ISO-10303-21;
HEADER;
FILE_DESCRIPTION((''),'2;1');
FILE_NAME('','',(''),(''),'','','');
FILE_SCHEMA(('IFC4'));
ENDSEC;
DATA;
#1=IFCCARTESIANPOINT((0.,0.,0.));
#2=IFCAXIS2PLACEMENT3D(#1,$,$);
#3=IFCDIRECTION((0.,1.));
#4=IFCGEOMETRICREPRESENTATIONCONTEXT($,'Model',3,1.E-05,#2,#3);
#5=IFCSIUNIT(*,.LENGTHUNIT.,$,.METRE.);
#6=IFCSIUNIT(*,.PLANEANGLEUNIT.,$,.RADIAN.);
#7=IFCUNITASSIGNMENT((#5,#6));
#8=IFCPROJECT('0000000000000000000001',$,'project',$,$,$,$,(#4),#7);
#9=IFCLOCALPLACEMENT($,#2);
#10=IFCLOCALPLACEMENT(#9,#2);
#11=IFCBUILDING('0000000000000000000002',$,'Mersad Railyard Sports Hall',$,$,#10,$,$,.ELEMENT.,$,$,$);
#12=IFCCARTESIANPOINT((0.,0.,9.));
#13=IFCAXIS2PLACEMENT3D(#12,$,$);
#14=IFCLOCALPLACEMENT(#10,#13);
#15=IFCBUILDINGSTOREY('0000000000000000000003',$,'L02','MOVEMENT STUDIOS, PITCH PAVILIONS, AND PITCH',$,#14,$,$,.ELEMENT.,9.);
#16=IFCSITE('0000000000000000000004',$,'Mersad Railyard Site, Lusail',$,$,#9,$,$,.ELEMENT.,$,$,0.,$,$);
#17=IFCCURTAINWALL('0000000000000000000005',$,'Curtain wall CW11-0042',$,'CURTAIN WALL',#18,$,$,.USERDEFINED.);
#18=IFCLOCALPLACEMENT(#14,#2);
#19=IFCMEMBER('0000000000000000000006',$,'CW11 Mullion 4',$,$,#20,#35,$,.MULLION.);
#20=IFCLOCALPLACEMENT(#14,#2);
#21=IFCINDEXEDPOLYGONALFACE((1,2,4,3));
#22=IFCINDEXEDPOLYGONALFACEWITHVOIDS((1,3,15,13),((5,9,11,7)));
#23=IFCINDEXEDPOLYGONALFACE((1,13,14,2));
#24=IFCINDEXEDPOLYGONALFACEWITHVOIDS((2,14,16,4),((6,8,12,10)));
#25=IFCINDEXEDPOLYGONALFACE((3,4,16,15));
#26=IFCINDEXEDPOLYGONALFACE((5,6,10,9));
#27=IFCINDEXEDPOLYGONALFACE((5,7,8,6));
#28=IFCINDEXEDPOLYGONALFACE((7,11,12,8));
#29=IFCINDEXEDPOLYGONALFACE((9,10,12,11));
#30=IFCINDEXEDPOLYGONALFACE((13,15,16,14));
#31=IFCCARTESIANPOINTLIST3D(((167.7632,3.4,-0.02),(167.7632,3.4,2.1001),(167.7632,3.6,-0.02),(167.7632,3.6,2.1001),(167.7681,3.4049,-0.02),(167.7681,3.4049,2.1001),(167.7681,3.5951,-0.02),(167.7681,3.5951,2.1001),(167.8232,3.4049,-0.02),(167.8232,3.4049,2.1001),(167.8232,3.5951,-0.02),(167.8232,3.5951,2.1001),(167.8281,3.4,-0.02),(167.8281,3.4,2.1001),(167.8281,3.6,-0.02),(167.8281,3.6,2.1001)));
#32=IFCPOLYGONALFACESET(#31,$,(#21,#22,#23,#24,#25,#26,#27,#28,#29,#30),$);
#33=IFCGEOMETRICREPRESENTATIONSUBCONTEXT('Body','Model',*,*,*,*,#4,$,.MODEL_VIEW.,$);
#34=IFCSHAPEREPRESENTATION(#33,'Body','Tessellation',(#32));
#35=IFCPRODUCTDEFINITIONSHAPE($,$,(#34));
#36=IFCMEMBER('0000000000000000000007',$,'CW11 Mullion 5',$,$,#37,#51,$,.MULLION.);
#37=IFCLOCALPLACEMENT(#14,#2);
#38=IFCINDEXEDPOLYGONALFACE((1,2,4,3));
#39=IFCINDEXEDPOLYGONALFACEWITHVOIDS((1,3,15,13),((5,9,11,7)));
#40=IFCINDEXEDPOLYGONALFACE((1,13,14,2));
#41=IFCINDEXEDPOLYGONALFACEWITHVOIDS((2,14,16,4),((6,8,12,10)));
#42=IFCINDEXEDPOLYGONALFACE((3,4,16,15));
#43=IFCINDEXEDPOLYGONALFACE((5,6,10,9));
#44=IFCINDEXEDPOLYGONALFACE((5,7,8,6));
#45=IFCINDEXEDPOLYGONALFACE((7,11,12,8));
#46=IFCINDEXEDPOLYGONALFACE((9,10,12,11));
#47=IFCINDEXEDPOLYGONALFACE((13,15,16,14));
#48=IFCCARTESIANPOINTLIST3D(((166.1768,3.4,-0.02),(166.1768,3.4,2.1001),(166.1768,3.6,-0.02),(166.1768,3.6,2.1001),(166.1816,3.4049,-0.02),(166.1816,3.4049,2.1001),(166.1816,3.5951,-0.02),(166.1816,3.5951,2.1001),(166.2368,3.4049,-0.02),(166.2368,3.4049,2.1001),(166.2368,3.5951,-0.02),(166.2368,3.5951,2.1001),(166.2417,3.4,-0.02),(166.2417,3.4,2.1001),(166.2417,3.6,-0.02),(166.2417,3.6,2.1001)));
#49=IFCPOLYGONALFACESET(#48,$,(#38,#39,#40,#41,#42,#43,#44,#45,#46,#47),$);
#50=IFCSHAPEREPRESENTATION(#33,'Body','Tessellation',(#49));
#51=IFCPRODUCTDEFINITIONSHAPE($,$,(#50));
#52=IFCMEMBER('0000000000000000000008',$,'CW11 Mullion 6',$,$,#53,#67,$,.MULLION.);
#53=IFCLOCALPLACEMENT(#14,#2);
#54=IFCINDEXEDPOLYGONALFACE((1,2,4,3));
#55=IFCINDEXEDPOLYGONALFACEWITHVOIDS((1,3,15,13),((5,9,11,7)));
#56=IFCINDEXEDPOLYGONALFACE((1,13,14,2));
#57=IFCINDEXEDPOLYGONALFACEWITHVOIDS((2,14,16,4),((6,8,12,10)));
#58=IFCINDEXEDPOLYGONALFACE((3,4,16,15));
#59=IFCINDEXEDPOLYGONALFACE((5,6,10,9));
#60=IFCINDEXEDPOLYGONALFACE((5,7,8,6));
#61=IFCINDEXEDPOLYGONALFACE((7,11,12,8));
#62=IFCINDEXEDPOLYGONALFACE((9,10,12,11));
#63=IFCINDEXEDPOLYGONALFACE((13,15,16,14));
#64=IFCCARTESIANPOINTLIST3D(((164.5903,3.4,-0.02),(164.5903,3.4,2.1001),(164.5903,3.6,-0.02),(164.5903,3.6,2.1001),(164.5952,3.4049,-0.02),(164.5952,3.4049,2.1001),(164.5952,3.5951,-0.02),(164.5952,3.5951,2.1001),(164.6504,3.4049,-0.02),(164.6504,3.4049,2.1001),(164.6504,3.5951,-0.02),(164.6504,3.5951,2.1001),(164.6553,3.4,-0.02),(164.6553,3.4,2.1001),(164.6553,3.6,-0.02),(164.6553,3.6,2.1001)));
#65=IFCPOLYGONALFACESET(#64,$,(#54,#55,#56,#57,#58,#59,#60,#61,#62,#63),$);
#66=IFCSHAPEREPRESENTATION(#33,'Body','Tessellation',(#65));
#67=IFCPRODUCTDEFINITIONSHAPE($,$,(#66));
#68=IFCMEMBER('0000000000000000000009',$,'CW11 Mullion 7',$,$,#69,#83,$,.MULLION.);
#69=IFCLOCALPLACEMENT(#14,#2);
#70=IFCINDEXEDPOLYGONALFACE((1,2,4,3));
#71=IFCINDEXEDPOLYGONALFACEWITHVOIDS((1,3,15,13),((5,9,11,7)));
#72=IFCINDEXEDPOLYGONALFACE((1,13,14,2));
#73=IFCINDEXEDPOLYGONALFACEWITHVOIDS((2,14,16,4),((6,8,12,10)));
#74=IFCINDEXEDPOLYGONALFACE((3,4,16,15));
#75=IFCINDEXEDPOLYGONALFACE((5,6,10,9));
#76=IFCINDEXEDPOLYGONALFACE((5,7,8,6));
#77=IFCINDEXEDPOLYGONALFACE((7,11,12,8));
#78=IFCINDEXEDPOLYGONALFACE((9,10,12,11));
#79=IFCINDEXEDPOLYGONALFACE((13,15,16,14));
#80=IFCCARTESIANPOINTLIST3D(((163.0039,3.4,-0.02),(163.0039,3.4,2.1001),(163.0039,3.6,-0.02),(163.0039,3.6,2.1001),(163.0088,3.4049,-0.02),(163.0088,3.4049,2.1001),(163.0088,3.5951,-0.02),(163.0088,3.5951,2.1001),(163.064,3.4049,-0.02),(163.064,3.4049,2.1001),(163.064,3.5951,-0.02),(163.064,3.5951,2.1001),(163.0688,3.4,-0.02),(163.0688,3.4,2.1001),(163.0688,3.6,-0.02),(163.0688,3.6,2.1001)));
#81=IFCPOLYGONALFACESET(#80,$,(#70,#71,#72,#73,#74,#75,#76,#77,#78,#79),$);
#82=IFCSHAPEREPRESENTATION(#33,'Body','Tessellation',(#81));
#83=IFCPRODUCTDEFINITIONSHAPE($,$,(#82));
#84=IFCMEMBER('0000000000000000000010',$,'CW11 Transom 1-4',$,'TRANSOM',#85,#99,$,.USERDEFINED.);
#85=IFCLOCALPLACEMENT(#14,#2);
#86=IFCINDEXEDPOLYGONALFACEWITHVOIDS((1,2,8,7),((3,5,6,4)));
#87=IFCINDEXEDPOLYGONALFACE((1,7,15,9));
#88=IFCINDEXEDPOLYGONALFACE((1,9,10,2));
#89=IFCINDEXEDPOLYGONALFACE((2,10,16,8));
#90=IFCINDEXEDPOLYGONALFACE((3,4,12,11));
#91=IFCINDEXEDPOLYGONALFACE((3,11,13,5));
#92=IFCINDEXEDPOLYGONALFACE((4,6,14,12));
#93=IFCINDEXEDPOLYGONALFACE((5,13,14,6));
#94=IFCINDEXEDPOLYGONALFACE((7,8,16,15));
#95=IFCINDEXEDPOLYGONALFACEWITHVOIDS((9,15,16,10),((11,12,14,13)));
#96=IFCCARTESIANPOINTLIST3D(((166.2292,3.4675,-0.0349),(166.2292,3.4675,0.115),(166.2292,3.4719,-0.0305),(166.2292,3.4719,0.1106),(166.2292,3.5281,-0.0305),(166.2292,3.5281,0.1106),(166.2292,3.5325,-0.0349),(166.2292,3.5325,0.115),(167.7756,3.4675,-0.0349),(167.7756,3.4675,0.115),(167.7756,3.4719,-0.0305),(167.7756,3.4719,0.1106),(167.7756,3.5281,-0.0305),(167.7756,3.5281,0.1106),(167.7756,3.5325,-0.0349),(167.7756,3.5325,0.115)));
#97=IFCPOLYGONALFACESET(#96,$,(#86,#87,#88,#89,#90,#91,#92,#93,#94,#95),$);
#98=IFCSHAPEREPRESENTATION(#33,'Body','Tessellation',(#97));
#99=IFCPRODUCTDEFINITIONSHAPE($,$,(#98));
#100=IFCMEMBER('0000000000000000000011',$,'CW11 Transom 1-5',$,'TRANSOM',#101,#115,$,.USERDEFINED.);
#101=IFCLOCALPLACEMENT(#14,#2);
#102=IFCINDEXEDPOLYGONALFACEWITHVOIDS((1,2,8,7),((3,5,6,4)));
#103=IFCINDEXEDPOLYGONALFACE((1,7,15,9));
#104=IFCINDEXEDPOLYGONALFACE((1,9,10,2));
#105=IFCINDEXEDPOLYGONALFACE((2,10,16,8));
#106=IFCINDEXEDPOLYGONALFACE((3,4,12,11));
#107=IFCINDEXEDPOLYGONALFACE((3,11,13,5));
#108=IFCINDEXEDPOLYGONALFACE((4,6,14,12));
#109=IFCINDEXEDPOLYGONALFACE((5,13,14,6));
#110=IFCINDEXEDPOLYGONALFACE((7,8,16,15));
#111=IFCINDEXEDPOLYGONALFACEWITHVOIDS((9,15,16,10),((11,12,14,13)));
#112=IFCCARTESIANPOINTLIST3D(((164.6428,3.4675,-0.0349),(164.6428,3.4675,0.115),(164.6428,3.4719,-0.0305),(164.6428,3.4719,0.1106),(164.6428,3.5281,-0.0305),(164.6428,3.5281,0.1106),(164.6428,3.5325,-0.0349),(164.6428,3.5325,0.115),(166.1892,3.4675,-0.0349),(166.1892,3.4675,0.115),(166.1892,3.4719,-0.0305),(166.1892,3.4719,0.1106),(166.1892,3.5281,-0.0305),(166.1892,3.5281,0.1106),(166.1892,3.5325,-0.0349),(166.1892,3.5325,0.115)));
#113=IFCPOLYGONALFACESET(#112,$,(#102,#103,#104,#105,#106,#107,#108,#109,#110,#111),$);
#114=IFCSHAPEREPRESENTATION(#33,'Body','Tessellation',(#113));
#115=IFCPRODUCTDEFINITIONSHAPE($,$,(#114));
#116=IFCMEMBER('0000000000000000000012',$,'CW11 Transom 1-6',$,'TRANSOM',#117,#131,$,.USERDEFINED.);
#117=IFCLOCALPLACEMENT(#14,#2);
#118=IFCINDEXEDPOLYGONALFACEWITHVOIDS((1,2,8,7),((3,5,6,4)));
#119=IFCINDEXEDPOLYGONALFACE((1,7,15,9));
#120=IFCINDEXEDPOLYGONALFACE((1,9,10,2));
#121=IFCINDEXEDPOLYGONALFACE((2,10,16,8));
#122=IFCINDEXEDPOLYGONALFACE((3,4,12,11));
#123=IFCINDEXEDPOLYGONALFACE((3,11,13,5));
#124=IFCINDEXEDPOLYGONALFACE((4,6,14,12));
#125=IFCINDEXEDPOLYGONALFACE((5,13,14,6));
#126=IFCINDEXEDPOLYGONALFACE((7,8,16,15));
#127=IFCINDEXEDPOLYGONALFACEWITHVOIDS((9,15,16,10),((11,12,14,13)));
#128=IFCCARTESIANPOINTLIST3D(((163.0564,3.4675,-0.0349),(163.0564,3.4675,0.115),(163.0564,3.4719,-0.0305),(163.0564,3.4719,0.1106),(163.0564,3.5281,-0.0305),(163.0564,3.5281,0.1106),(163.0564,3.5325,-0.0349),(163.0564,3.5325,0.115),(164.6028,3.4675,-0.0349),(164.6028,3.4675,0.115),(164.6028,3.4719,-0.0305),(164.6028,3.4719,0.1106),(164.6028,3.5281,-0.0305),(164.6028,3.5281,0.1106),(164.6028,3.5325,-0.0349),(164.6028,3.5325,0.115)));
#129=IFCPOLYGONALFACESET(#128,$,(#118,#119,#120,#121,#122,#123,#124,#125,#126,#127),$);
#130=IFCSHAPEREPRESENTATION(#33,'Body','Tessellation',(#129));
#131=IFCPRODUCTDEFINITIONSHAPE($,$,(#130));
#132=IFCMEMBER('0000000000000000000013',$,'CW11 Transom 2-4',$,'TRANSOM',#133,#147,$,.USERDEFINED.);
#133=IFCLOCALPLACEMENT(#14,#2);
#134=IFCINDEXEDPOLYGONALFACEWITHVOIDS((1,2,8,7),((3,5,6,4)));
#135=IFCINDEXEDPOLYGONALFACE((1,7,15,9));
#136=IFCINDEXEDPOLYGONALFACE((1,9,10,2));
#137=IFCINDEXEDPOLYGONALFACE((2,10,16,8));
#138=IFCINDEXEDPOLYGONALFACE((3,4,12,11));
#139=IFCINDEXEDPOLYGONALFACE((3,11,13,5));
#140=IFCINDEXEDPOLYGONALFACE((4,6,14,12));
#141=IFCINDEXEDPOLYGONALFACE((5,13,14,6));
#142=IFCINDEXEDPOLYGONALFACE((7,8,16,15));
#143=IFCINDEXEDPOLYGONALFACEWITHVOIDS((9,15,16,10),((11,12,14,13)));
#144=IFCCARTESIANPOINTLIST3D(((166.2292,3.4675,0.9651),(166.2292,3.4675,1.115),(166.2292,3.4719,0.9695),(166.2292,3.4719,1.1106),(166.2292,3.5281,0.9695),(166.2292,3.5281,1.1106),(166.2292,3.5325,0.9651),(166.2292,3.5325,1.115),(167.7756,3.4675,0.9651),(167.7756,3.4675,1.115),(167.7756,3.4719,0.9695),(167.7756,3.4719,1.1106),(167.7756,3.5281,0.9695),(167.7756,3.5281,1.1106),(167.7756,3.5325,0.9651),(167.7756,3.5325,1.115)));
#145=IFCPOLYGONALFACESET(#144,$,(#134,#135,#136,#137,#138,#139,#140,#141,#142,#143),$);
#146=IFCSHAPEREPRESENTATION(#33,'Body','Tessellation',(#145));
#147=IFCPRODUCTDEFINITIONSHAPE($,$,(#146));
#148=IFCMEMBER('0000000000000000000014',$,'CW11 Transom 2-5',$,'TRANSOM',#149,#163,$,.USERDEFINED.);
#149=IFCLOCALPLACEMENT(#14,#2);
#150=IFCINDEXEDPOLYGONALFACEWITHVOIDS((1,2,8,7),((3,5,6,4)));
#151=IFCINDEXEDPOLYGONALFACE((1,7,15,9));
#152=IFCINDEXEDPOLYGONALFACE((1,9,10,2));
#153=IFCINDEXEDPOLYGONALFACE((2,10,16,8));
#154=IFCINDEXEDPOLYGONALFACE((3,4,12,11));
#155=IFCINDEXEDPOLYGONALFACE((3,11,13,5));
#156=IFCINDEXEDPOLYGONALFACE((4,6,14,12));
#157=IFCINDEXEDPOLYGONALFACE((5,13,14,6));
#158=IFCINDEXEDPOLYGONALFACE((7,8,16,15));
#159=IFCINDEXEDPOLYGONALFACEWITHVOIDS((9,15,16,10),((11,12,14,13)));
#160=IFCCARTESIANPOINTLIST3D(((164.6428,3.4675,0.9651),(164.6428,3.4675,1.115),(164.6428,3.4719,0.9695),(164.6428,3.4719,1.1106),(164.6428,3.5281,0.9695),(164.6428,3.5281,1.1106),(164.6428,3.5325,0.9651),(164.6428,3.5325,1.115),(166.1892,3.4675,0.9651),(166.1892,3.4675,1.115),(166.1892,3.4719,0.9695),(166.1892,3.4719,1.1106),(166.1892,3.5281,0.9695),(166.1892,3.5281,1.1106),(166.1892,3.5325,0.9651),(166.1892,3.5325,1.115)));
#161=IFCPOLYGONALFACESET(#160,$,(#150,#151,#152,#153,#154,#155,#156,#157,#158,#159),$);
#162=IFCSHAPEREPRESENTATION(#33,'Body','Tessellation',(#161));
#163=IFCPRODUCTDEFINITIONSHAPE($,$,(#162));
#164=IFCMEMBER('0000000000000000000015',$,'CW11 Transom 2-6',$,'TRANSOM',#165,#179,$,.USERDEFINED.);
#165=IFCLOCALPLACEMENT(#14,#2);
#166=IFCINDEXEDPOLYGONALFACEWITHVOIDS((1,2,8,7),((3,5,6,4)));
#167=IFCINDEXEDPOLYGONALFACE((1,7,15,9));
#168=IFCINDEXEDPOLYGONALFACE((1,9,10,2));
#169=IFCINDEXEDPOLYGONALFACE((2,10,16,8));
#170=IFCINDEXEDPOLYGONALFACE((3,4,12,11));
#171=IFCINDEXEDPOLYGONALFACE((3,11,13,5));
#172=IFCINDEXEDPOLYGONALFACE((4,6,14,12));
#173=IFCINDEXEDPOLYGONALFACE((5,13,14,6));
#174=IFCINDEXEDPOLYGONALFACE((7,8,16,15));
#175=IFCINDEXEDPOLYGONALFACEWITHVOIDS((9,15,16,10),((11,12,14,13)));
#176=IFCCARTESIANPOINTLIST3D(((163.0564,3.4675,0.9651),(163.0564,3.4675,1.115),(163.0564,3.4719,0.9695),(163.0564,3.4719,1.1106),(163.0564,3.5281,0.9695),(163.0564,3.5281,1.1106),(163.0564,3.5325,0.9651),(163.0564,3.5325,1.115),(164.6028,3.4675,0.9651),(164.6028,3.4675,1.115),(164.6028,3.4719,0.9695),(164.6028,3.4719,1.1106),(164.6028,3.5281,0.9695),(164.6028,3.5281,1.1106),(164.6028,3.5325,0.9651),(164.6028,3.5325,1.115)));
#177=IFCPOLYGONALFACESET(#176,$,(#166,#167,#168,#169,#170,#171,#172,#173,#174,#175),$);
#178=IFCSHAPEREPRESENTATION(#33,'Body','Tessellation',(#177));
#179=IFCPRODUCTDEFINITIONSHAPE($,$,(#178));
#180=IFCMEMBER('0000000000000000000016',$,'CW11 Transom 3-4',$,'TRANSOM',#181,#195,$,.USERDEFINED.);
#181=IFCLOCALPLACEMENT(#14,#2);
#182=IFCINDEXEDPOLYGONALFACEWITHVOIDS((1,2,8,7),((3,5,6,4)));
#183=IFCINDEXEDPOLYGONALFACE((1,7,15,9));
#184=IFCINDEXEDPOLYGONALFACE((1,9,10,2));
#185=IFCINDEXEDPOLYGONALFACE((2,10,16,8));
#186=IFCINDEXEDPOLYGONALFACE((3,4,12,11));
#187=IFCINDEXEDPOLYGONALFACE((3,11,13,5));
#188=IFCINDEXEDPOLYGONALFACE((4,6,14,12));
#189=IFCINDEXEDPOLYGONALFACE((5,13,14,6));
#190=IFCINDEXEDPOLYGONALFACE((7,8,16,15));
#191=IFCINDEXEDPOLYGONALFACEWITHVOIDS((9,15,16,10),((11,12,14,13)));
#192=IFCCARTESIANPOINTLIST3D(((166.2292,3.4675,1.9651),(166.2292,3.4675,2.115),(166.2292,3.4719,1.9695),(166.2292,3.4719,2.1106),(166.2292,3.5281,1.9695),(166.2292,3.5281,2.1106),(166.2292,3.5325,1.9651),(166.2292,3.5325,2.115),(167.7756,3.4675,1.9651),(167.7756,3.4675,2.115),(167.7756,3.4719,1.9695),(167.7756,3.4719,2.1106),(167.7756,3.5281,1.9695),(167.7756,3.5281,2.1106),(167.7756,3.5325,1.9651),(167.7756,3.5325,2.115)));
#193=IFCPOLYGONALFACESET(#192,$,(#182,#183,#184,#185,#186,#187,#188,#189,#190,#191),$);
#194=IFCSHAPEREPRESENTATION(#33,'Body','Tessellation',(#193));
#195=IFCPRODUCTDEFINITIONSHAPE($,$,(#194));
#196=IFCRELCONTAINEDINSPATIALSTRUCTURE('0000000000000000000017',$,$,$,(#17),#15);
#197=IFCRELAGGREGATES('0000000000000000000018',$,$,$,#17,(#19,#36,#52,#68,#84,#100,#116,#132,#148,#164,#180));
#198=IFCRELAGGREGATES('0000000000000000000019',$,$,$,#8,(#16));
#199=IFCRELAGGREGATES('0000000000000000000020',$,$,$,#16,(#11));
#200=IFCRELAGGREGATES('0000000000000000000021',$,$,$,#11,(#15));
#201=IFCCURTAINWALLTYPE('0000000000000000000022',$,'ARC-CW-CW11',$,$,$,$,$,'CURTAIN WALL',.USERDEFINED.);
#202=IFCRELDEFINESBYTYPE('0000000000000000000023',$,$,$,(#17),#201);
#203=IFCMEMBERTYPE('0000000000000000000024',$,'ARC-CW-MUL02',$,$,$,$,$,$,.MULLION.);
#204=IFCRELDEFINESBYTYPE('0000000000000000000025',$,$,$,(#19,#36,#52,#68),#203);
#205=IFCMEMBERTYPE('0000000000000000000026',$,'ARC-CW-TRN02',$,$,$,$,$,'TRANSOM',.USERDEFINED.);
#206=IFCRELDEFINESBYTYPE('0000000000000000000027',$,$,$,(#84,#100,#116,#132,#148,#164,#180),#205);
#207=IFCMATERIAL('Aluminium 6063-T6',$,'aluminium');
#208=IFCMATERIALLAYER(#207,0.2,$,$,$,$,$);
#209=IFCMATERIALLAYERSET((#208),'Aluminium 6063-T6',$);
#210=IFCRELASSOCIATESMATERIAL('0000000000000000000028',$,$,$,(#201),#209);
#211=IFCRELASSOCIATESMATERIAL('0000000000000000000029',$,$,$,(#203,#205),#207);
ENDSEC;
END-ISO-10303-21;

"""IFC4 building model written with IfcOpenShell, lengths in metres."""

from ifc_helpers import new_model, si_unit, direction, frame, origin, origin_2d, place, context, subcontext, project, spatial, hollow_rectangle, extrude, material, layer, layer_set, material_profile, profile_set, type_object, element, aggregate, save


model = new_model("IFC4")

# Units and contexts
model_context = context("Model", 3, precision=1e-05, world=origin(), true_north=direction((0.0, 1.0)))
body_context = subcontext(model_context, "Body", "Model", "MODEL_VIEW")
ifc_project = project(units=[si_unit("LENGTHUNIT", "METRE"), si_unit("PLANEANGLEUNIT", "RADIAN")], contexts=[model_context])

# Site, building, storey
site_placement = place(None, origin())
site = spatial("IfcSite", under=ifc_project, at=site_placement, Name="Mersad Railyard Site, Lusail", CompositionType="ELEMENT", RefElevation=0.0)
building_placement = place(site_placement, origin())
building = spatial("IfcBuilding", under=site, at=building_placement, Name="Mersad Railyard Sports Hall", CompositionType="ELEMENT")
storey_placement = place(building_placement, frame((0.0, 0.0, 9.0)))
storey = spatial("IfcBuildingStorey", under=building, at=storey_placement, Name="L02", Description="MOVEMENT STUDIOS, PITCH PAVILIONS, AND PITCH", CompositionType="ELEMENT", Elevation=9.0)

# Curtain wall, members
ifc_material_1 = material(Name="Aluminium 6063-T6", Category="aluminium")
ifc_layer_1 = layer(ifc_material_1, 0.2)
ifc_layer_set_1 = layer_set([ifc_layer_1], Name="Aluminium 6063-T6")
curtain_wall_type = type_object("IfcCurtainWallType", Name="ARC-CW-CW11", ElementType="CURTAIN WALL", PredefinedType="USERDEFINED", material=ifc_layer_set_1)
curtain_wall_placement = place(storey_placement, origin())
curtain_wall = element("IfcCurtainWall", 1, at=curtain_wall_placement, inside=storey, type_object=curtain_wall_type, Name="Curtain wall CW11-0042", ObjectType="CURTAIN WALL", PredefinedType="USERDEFINED")
ifc_material_profile_1 = material_profile(ifc_material_1, hollow_rectangle(XDim=0.0649, YDim=0.2, WallThickness=0.0049, at=origin_2d()), Name="AL MULLION 65x200x5")
ifc_profile_set_1 = profile_set([ifc_material_profile_1], Name="Aluminium 6063-T6")
member_type_1 = type_object("IfcMemberType", Name="ARC-CW-MUL02", PredefinedType="MULLION", material=ifc_profile_set_1)
member_1_placement = place(storey_placement, frame((167.7957, 3.5, -0.02), z_axis=(0.0, 0.0, 1.0), x_axis=(1.0, 0.0, 0.0)))
member_1 = element("IfcMember", 2, at=member_1_placement, type_object=member_type_1, Name="CW11 Mullion 4", PredefinedType="MULLION", context=body_context, shape_type="SweptSolid", body=[
    extrude(hollow_rectangle(XDim=0.0649, YDim=0.2, WallThickness=0.0049, at=origin_2d()), origin(), (0.0, 0.0, 1.0), 2.1201),
])
member_2_placement = place(storey_placement, frame((166.2092, 3.5, -0.02), z_axis=(0.0, 0.0, 1.0), x_axis=(1.0, 0.0, 0.0)))
member_2 = element("IfcMember", 3, at=member_2_placement, type_object=member_type_1, Name="CW11 Mullion 5", PredefinedType="MULLION", context=body_context, shape_type="SweptSolid", body=[
    extrude(hollow_rectangle(XDim=0.0649, YDim=0.2, WallThickness=0.0049, at=origin_2d()), origin(), (0.0, 0.0, 1.0), 2.1201),
])
member_3_placement = place(storey_placement, frame((164.6228, 3.5, -0.02), z_axis=(0.0, 0.0, 1.0), x_axis=(1.0, 0.0, 0.0)))
member_3 = element("IfcMember", 4, at=member_3_placement, type_object=member_type_1, Name="CW11 Mullion 6", PredefinedType="MULLION", context=body_context, shape_type="SweptSolid", body=[
    extrude(hollow_rectangle(XDim=0.0649, YDim=0.2, WallThickness=0.0049, at=origin_2d()), origin(), (0.0, 0.0, 1.0), 2.1201),
])
member_4_placement = place(storey_placement, frame((163.0364, 3.5, -0.02), z_axis=(0.0, 0.0, 1.0), x_axis=(1.0, 0.0, 0.0)))
member_4 = element("IfcMember", 5, at=member_4_placement, type_object=member_type_1, Name="CW11 Mullion 7", PredefinedType="MULLION", context=body_context, shape_type="SweptSolid", body=[
    extrude(hollow_rectangle(XDim=0.0649, YDim=0.2, WallThickness=0.0049, at=origin_2d()), origin(), (0.0, 0.0, 1.0), 2.1201),
])
ifc_material_profile_2 = material_profile(ifc_material_1, hollow_rectangle(XDim=0.0649, YDim=0.1499, WallThickness=0.0044, at=origin_2d()), Name="AL TRANSOM 65x150x4.5")
ifc_profile_set_2 = profile_set([ifc_material_profile_2], Name="Aluminium 6063-T6")
member_type_2 = type_object("IfcMemberType", Name="ARC-CW-TRN02", ElementType="TRANSOM", PredefinedType="USERDEFINED", material=ifc_profile_set_2)
member_5_placement = place(storey_placement, frame((167.7756, 3.5, 0.04), z_axis=(-1.0, 0.0, 0.0), x_axis=(0.0, -1.0, 0.0)))
member_5 = element("IfcMember", 6, at=member_5_placement, type_object=member_type_2, Name="CW11 Transom 1-4", ObjectType="TRANSOM", PredefinedType="USERDEFINED", context=body_context, shape_type="SweptSolid", body=[
    extrude(hollow_rectangle(XDim=0.0649, YDim=0.1499, WallThickness=0.0044, at=origin_2d()), origin(), (0.0, 0.0, 1.0), 1.5464),
])
member_6_placement = place(storey_placement, frame((166.1892, 3.5, 0.04), z_axis=(-1.0, 0.0, 0.0), x_axis=(0.0, -1.0, 0.0)))
member_6 = element("IfcMember", 7, at=member_6_placement, type_object=member_type_2, Name="CW11 Transom 1-5", ObjectType="TRANSOM", PredefinedType="USERDEFINED", context=body_context, shape_type="SweptSolid", body=[
    extrude(hollow_rectangle(XDim=0.0649, YDim=0.1499, WallThickness=0.0044, at=origin_2d()), origin(), (0.0, 0.0, 1.0), 1.5464),
])
member_7_placement = place(storey_placement, frame((164.6028, 3.5, 0.04), z_axis=(-1.0, 0.0, 0.0), x_axis=(0.0, -1.0, 0.0)))
member_7 = element("IfcMember", 8, at=member_7_placement, type_object=member_type_2, Name="CW11 Transom 1-6", ObjectType="TRANSOM", PredefinedType="USERDEFINED", context=body_context, shape_type="SweptSolid", body=[
    extrude(hollow_rectangle(XDim=0.0649, YDim=0.1499, WallThickness=0.0044, at=origin_2d()), origin(), (0.0, 0.0, 1.0), 1.5464),
])
member_8_placement = place(storey_placement, frame((167.7756, 3.5, 1.04), z_axis=(-1.0, 0.0, 0.0), x_axis=(0.0, -1.0, 0.0)))
member_8 = element("IfcMember", 9, at=member_8_placement, type_object=member_type_2, Name="CW11 Transom 2-4", ObjectType="TRANSOM", PredefinedType="USERDEFINED", context=body_context, shape_type="SweptSolid", body=[
    extrude(hollow_rectangle(XDim=0.0649, YDim=0.1499, WallThickness=0.0044, at=origin_2d()), origin(), (0.0, 0.0, 1.0), 1.5464),
])
member_9_placement = place(storey_placement, frame((166.1892, 3.5, 1.04), z_axis=(-1.0, 0.0, 0.0), x_axis=(0.0, -1.0, 0.0)))
member_9 = element("IfcMember", 10, at=member_9_placement, type_object=member_type_2, Name="CW11 Transom 2-5", ObjectType="TRANSOM", PredefinedType="USERDEFINED", context=body_context, shape_type="SweptSolid", body=[
    extrude(hollow_rectangle(XDim=0.0649, YDim=0.1499, WallThickness=0.0044, at=origin_2d()), origin(), (0.0, 0.0, 1.0), 1.5464),
])
member_10_placement = place(storey_placement, frame((164.6028, 3.5, 1.04), z_axis=(-1.0, 0.0, 0.0), x_axis=(0.0, -1.0, 0.0)))
member_10 = element("IfcMember", 11, at=member_10_placement, type_object=member_type_2, Name="CW11 Transom 2-6", ObjectType="TRANSOM", PredefinedType="USERDEFINED", context=body_context, shape_type="SweptSolid", body=[
    extrude(hollow_rectangle(XDim=0.0649, YDim=0.1499, WallThickness=0.0044, at=origin_2d()), origin(), (0.0, 0.0, 1.0), 1.5464),
])
member_11_placement = place(storey_placement, frame((167.7756, 3.5, 2.04), z_axis=(-1.0, 0.0, 0.0), x_axis=(0.0, -1.0, 0.0)))
member_11 = element("IfcMember", 12, at=member_11_placement, type_object=member_type_2, Name="CW11 Transom 3-4", ObjectType="TRANSOM", PredefinedType="USERDEFINED", context=body_context, shape_type="SweptSolid", body=[
    extrude(hollow_rectangle(XDim=0.0649, YDim=0.1499, WallThickness=0.0044, at=origin_2d()), origin(), (0.0, 0.0, 1.0), 1.5464),
])

aggregate(curtain_wall, [member_1, member_2, member_3, member_4, member_5, member_6, member_7, member_8, member_9, member_10, member_11])

save(model, "model.ifc")
